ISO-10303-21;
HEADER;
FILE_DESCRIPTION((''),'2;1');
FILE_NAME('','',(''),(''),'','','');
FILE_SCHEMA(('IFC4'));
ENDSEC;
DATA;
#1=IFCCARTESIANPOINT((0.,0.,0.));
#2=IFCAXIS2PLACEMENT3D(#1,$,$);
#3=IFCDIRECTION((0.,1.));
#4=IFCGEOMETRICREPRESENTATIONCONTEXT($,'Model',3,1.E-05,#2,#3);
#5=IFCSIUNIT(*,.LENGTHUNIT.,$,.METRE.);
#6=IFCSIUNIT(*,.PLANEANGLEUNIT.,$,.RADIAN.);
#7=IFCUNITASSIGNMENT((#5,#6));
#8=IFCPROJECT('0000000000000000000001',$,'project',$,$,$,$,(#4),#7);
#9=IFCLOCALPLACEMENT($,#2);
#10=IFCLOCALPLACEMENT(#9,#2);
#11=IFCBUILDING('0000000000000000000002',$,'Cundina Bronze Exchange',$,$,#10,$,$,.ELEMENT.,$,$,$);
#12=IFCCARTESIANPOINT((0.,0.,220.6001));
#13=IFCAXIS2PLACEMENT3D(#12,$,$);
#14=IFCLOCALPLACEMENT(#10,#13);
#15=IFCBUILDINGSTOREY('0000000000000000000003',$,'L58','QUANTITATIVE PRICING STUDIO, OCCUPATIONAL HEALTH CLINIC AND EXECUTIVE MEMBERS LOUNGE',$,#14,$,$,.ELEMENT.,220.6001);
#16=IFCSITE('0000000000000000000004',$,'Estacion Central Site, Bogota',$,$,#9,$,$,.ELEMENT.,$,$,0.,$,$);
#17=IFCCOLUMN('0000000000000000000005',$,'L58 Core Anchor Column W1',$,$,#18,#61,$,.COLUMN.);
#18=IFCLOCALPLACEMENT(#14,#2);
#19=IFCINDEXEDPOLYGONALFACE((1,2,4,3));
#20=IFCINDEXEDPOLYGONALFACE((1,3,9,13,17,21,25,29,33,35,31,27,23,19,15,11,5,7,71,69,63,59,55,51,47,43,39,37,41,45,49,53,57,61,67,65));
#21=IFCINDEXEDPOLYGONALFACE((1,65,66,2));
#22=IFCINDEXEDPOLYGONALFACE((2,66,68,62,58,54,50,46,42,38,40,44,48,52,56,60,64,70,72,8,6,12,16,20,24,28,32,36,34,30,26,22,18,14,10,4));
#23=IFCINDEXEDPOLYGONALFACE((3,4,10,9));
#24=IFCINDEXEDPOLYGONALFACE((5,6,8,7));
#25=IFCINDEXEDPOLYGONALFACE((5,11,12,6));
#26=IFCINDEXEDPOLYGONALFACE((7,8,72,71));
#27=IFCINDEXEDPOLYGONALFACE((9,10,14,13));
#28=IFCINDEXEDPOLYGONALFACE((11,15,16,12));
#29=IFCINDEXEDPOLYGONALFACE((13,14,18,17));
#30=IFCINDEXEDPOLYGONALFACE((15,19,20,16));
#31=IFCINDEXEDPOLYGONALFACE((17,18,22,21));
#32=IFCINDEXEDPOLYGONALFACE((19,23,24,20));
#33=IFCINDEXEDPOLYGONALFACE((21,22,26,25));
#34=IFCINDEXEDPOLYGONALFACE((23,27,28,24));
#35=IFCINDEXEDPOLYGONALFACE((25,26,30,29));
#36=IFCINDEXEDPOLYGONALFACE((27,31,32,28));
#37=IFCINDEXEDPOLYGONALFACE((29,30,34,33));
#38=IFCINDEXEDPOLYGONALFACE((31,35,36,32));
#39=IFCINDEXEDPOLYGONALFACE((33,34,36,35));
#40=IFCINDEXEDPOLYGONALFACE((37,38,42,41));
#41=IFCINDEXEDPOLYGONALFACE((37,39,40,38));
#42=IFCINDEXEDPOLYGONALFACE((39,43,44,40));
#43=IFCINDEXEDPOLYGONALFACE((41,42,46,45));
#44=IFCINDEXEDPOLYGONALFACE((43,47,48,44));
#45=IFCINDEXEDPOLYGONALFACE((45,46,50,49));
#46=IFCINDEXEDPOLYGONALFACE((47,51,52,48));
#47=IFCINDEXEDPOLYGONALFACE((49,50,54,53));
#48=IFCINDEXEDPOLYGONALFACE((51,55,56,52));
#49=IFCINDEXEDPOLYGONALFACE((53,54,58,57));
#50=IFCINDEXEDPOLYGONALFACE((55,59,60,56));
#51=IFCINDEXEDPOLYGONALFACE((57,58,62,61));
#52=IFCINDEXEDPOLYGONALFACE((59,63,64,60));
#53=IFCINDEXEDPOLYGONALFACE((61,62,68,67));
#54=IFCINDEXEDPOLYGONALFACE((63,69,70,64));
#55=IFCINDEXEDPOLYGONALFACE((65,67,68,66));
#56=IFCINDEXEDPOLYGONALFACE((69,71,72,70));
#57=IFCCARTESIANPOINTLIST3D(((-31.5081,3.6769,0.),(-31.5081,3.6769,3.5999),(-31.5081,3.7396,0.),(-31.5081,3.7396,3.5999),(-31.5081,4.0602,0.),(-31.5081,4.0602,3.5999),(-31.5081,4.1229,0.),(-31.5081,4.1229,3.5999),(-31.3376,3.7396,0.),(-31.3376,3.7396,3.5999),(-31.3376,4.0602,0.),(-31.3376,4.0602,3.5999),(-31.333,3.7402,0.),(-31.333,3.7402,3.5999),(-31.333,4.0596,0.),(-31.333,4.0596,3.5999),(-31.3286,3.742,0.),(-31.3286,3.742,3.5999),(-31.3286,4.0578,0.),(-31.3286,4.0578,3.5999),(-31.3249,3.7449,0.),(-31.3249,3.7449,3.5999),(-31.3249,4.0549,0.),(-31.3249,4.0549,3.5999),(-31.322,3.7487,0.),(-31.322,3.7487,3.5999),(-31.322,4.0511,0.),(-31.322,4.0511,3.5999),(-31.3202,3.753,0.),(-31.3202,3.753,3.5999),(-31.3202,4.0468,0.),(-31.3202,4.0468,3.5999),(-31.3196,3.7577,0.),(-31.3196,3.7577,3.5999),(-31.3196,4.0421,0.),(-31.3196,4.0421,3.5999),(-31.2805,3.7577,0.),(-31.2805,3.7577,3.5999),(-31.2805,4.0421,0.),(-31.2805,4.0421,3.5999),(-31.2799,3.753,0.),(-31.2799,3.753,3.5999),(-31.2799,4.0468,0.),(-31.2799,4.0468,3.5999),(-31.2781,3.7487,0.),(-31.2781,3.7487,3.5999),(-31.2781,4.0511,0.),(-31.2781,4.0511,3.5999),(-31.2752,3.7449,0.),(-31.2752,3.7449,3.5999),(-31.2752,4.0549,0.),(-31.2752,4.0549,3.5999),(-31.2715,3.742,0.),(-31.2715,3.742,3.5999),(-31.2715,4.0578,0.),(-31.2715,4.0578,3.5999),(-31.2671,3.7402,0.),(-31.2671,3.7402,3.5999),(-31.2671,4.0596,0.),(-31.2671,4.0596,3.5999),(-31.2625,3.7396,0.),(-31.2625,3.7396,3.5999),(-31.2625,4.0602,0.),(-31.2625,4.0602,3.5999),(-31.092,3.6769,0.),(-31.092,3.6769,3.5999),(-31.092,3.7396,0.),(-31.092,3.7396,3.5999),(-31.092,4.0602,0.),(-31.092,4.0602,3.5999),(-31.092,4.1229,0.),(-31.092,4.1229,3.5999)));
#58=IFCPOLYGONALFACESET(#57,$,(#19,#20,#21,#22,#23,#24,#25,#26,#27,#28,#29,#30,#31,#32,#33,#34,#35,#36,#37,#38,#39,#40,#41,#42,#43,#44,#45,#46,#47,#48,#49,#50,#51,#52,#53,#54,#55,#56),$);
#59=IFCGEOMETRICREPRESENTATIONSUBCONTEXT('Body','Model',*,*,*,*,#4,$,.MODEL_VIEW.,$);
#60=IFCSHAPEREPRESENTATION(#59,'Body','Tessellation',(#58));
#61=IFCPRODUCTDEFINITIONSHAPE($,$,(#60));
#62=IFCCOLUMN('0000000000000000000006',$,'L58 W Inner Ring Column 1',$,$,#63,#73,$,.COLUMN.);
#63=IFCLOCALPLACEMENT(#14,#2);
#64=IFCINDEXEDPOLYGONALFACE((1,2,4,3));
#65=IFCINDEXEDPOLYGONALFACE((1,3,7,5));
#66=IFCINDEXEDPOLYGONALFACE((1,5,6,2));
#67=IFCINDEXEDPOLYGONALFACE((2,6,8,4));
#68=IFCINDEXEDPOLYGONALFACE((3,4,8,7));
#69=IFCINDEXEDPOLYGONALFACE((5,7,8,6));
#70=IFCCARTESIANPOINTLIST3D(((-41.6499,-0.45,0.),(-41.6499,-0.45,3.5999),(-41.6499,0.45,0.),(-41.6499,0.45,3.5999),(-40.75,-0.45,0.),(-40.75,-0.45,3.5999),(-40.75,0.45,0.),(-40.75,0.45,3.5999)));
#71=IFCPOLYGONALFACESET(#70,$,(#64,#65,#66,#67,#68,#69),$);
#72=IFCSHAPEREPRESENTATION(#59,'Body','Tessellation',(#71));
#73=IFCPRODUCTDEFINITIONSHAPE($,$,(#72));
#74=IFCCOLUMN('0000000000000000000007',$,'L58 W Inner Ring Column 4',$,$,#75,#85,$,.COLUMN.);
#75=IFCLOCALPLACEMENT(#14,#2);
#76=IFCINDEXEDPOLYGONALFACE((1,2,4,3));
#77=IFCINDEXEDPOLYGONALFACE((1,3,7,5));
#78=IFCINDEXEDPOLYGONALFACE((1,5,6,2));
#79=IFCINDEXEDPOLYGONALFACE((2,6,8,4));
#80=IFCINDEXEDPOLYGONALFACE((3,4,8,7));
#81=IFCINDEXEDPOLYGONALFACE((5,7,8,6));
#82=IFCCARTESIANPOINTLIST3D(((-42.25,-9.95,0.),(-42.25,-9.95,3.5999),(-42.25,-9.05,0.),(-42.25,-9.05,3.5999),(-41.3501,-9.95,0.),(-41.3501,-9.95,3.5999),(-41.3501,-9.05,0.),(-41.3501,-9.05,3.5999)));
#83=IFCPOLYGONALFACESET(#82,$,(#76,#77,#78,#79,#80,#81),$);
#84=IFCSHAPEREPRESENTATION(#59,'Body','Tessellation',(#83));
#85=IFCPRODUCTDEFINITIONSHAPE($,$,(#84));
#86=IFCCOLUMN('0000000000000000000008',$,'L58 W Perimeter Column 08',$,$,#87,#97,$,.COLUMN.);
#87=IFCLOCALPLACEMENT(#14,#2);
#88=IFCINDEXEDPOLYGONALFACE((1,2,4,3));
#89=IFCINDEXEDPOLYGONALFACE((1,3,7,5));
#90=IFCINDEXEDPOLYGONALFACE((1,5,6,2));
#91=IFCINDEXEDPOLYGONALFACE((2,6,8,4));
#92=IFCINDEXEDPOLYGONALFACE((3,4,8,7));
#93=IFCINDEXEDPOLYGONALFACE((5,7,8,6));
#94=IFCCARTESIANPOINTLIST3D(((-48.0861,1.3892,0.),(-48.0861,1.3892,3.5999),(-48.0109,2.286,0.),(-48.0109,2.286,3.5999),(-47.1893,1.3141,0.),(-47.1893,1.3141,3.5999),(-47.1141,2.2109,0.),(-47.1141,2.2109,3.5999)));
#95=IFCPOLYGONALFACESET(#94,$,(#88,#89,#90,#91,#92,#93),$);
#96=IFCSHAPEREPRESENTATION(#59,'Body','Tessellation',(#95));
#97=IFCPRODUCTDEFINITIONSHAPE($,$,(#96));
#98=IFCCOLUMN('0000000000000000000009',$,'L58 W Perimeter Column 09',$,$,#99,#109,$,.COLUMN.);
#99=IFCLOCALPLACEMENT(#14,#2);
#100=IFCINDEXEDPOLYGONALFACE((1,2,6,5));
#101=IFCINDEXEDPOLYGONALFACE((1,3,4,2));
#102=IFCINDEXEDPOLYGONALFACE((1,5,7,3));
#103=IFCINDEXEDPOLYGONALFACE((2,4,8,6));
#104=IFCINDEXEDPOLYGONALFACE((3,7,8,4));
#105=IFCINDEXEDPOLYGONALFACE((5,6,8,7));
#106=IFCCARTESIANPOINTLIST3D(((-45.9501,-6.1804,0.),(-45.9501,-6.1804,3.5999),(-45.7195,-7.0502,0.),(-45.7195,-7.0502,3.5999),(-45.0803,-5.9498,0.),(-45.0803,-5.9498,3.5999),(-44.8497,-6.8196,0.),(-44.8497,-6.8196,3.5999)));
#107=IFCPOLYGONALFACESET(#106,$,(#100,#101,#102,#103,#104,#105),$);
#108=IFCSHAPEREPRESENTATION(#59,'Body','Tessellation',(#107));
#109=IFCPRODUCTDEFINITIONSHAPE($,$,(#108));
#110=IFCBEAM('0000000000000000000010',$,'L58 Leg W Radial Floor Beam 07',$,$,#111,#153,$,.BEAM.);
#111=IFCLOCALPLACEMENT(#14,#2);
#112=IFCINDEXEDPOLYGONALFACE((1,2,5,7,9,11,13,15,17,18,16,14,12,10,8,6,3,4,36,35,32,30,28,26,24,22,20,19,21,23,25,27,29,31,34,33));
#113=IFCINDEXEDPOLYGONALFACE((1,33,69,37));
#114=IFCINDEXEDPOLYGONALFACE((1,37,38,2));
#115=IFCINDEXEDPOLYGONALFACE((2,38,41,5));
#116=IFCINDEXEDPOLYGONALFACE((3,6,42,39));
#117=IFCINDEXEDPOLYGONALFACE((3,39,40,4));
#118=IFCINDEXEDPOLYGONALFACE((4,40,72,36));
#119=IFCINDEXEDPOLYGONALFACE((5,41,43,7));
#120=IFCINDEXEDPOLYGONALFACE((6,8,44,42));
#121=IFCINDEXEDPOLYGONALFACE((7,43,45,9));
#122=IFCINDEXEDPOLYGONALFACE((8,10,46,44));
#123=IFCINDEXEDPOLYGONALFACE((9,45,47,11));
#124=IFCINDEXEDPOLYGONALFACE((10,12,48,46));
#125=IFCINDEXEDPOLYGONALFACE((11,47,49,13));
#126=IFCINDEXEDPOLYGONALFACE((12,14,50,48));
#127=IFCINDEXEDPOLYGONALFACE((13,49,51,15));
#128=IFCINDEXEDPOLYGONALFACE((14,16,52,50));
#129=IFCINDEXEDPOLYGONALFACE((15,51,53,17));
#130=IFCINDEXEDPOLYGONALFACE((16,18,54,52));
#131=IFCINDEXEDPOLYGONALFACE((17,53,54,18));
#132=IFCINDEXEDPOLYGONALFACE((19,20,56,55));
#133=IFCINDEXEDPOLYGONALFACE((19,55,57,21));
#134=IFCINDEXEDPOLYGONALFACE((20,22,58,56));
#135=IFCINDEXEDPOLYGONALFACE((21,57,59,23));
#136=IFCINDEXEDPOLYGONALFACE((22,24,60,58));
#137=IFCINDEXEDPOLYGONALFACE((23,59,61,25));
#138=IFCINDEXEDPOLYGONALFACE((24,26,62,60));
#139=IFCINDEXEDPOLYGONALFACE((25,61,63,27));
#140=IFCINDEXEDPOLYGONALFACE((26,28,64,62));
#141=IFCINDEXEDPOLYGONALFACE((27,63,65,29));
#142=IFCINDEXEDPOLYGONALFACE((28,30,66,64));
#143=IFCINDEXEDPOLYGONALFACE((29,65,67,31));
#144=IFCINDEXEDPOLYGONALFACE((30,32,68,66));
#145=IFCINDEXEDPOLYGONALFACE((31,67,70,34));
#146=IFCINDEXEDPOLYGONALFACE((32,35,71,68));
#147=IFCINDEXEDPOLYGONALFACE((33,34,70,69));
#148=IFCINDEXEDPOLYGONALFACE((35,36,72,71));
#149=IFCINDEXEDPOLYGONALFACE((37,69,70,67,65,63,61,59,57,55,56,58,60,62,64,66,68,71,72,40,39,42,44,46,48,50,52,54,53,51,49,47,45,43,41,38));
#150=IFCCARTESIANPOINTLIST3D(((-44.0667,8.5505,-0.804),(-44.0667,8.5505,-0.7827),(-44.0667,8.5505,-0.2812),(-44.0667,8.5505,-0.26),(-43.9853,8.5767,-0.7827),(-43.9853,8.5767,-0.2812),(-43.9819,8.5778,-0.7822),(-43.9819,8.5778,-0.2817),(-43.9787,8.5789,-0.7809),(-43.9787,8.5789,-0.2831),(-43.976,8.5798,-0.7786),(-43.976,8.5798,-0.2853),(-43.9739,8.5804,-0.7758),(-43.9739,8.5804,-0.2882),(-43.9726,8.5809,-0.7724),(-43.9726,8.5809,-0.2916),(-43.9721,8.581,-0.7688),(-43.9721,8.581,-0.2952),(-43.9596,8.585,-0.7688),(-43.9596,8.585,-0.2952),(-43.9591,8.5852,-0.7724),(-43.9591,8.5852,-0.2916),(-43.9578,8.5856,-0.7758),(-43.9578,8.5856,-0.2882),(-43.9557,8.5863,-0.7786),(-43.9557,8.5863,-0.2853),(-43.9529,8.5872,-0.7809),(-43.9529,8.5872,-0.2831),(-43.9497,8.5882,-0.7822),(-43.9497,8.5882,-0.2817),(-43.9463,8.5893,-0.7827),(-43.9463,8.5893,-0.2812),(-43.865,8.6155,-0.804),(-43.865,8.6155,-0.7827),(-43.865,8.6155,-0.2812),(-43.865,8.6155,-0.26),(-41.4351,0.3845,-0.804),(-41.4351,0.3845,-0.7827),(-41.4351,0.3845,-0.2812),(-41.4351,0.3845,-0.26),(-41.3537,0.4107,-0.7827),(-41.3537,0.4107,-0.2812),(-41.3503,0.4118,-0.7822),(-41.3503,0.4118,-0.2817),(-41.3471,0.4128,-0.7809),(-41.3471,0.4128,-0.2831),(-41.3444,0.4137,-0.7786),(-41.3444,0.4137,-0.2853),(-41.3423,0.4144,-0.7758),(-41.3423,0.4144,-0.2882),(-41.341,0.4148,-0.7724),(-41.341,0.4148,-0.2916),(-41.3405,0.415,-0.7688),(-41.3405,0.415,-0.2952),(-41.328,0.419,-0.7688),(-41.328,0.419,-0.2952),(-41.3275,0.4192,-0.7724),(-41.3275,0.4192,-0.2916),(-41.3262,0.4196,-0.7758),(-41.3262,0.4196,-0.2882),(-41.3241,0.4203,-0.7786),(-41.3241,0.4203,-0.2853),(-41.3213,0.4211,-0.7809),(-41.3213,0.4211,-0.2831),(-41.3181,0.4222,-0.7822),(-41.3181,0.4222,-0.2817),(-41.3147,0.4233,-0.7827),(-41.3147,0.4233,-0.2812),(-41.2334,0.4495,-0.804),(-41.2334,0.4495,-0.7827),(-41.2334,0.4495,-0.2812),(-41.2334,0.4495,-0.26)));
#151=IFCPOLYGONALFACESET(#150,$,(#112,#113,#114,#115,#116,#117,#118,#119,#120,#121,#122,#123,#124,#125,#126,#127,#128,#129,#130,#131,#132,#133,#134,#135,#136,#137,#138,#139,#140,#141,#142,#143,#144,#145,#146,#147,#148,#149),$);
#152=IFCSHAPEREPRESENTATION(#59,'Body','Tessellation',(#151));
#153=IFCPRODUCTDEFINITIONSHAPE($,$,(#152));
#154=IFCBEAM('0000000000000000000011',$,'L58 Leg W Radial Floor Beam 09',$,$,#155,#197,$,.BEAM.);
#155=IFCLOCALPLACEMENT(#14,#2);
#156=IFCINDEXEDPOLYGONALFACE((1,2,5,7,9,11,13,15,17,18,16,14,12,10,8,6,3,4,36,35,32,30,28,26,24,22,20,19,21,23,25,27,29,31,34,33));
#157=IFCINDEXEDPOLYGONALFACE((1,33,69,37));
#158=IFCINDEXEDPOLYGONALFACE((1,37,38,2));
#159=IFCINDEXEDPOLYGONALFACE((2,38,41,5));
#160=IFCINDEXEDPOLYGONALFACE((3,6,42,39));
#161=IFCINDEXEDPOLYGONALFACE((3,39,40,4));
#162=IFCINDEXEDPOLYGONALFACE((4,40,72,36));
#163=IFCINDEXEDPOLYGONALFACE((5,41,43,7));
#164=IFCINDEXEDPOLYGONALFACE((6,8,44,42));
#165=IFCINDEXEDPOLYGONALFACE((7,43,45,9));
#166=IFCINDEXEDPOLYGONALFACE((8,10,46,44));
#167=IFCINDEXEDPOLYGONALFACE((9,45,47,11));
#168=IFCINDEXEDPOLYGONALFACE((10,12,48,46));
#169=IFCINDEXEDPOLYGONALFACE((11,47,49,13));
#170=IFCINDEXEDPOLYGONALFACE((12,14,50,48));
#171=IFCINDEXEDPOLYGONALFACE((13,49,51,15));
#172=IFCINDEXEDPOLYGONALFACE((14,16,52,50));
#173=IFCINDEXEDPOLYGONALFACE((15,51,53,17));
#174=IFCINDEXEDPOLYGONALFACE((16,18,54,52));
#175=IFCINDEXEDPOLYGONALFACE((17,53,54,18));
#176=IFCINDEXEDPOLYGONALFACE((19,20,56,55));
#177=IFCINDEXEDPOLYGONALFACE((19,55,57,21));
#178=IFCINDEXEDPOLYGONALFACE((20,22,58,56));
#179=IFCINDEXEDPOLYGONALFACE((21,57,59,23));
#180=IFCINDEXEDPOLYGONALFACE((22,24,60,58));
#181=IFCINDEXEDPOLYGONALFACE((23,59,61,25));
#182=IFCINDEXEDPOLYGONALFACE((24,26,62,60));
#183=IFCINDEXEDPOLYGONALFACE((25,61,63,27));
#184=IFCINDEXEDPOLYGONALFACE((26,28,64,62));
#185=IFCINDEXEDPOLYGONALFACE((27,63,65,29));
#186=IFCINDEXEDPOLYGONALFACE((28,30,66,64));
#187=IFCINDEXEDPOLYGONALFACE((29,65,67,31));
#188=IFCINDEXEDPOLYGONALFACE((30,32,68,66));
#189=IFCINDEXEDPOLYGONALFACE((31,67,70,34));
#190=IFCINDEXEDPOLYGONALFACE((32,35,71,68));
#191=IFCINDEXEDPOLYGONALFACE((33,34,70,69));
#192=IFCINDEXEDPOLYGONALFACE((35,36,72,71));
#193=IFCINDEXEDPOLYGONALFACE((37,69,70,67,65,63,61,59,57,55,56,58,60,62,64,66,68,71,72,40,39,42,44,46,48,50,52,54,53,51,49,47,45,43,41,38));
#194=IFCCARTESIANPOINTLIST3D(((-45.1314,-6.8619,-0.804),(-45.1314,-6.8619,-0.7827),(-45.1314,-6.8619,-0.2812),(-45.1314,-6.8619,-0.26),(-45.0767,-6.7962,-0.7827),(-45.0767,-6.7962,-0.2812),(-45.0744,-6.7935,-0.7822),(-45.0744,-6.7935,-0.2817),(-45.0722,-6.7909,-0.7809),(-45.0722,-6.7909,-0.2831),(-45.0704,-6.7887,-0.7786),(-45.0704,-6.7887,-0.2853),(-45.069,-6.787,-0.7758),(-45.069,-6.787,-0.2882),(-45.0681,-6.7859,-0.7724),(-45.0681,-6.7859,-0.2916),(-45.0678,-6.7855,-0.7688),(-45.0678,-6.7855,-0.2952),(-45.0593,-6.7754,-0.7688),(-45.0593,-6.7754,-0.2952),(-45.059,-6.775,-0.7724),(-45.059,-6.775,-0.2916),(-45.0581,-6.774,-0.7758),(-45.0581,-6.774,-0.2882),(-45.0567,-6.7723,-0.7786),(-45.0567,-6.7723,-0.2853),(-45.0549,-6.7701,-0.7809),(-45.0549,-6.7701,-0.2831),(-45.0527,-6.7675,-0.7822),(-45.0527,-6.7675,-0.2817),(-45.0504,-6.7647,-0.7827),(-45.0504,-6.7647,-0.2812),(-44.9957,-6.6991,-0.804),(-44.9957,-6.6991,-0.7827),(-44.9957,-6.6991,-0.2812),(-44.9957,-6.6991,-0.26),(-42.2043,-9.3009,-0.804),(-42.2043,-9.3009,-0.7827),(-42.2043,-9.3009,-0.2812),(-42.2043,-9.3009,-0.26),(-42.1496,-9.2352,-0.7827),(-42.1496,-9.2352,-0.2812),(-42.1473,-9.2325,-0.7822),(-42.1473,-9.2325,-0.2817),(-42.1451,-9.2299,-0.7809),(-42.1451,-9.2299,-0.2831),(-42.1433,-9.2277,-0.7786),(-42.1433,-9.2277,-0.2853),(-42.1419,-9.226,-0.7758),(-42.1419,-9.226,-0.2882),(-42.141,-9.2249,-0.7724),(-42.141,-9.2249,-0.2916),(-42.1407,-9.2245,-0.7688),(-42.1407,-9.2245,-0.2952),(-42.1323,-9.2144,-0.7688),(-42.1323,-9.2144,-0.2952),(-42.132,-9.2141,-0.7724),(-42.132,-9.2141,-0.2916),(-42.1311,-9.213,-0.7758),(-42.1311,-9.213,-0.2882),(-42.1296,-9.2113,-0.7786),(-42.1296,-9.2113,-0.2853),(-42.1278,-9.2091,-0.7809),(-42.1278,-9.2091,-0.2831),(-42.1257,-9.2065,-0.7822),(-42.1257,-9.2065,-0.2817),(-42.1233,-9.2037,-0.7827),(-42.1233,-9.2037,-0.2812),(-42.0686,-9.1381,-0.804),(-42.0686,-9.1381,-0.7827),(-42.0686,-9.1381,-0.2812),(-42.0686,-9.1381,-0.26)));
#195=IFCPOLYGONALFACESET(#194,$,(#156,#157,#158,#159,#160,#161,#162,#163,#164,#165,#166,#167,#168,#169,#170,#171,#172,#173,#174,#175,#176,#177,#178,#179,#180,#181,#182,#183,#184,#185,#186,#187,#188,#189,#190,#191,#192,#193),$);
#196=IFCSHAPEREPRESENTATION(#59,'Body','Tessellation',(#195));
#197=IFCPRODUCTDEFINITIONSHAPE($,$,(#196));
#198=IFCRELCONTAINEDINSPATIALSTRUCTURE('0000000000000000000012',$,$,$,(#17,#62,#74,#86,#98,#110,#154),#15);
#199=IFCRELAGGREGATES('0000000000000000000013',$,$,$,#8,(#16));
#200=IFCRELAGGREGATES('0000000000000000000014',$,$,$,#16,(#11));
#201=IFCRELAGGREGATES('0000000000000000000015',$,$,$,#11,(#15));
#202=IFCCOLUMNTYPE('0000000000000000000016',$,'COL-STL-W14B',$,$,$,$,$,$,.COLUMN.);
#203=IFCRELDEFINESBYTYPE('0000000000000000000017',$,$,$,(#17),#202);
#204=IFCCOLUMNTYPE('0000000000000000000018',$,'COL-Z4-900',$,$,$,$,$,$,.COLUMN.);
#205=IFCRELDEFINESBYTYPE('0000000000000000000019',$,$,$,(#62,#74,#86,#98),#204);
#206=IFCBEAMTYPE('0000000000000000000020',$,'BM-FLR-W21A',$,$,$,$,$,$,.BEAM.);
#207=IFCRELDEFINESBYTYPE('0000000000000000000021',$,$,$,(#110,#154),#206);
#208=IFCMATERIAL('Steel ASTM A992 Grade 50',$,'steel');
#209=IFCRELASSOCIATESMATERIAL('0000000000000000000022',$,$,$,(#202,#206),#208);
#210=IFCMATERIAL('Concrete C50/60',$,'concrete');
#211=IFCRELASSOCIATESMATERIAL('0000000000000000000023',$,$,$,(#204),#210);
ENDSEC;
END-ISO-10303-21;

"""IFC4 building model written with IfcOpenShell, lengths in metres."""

from ifc_helpers import new_model, si_unit, direction, frame, origin, origin_2d, place, context, subcontext, project, spatial, rectangle, i_section, extrude, material, material_profile, profile_set, type_object, element, save


model = new_model("IFC4")

# Units and contexts
model_context = context("Model", 3, precision=1e-05, world=origin(), true_north=direction((0.0, 1.0)))
body_context = subcontext(model_context, "Body", "Model", "MODEL_VIEW")
ifc_project = project(units=[si_unit("LENGTHUNIT", "METRE"), si_unit("PLANEANGLEUNIT", "RADIAN")], contexts=[model_context])

# Site, building, storey
site_placement = place(None, origin())
site = spatial("IfcSite", under=ifc_project, at=site_placement, Name="Estacion Central Site, Bogota", CompositionType="ELEMENT", RefElevation=0.0)
building_placement = place(site_placement, origin())
building = spatial("IfcBuilding", under=site, at=building_placement, Name="Cundina Bronze Exchange", CompositionType="ELEMENT")
storey_placement = place(building_placement, frame((0.0, 0.0, 220.6001)))
storey = spatial("IfcBuildingStorey", under=building, at=storey_placement, Name="L58", Description="QUANTITATIVE PRICING STUDIO, OCCUPATIONAL HEALTH CLINIC AND EXECUTIVE MEMBERS LOUNGE", CompositionType="ELEMENT", Elevation=220.6001)

# Columns
ifc_material_1 = material(Name="Steel ASTM A992 Grade 50", Category="steel")
ifc_material_profile_1 = material_profile(ifc_material_1, i_section(OverallWidth=0.416, OverallDepth=0.446, WebThickness=0.0391, FlangeThickness=0.0627, FilletRadius=0.0181, at=origin_2d()), Name="W14X342", Category="steel")
ifc_profile_set_1 = profile_set([ifc_material_profile_1], Name="Steel ASTM A992 Grade 50")
column_type_1 = type_object("IfcColumnType", Name="COL-STL-W14B", PredefinedType="COLUMN", material=ifc_profile_set_1)
column_placement = place(storey_placement, frame((-31.3, 3.8999, 0.0), z_axis=(0.0, 0.0, 1.0), x_axis=(1.0, 0.0, 0.0)))
element("IfcColumn", 1, at=column_placement, inside=storey, type_object=column_type_1, Name="L58 Core Anchor Column W1", PredefinedType="COLUMN", context=body_context, shape_type="SweptSolid", body=[
    extrude(i_section(OverallWidth=0.416, OverallDepth=0.446, WebThickness=0.0391, FlangeThickness=0.0627, FilletRadius=0.0181, at=origin_2d()), origin(), (0.0, 0.0, 1.0), 3.5999),
])
ifc_material_2 = material(Name="Concrete C50/60", Category="concrete")
ifc_material_profile_2 = material_profile(ifc_material_2, rectangle(XDim=0.8999, YDim=0.8999, at=origin_2d()), Name="RC900X900", Category="concrete")
ifc_profile_set_2 = profile_set([ifc_material_profile_2], Name="Concrete C50/60")
column_type_2 = type_object("IfcColumnType", Name="COL-Z4-900", PredefinedType="COLUMN", material=ifc_profile_set_2)
for number, where, z_axis, x_axis, name in (
    (2, (-41.2, 0.0, 0.0), (0.0, 0.0, 1.0), (1.0, 0.0, 0.0), "L58 W Inner Ring Column 1"),
    (3, (-41.8, -9.5, 0.0), (0.0, 0.0, 1.0), (1.0, 0.0, 0.0), "L58 W Inner Ring Column 4"),
    (4, (-47.6001, 1.8, 0.0), (0.0, 0.0, 1.0), (-0.083504, -0.996507, 0.0), "L58 W Perimeter Column 08"),
    (5, (-45.3999, -6.5, 0.0), (0.0, 0.0, 1.0), (0.256289, -0.9666, 0.0), "L58 W Perimeter Column 09"),
):
    element("IfcColumn", number, at=place(storey_placement, frame(where, z_axis=z_axis, x_axis=x_axis)), inside=storey, type_object=column_type_2, Name=name, PredefinedType="COLUMN", context=body_context, shape_type="SweptSolid", body=[
        extrude(rectangle(XDim=0.8999, YDim=0.8999, at=origin_2d()), origin(), (0.0, 0.0, 1.0), 3.5999),
    ])

# Beams
ifc_material_profile_3 = material_profile(ifc_material_1, i_section(OverallWidth=0.2119, OverallDepth=0.5439, WebThickness=0.0132, FlangeThickness=0.0212, FilletRadius=0.0139, at=origin_2d()), Name="W21X83", Category="steel")
ifc_profile_set_3 = profile_set([ifc_material_profile_3], Name="Steel ASTM A992 Grade 50")
beam_type_1 = type_object("IfcBeamType", Name="BM-FLR-W21A", PredefinedType="BEAM", material=ifc_profile_set_3)
beam_1_placement = place(storey_placement, frame((-41.3342, 0.417, -0.532), z_axis=(-0.306728, 0.951797, 0.0), x_axis=(-0.951797, -0.306728, 0.0)))
element("IfcBeam", 6, at=beam_1_placement, inside=storey, type_object=beam_type_1, Name="L58 Leg W Radial Floor Beam 07", PredefinedType="BEAM", context=body_context, shape_type="SweptSolid", body=[
    extrude(i_section(OverallWidth=0.2119, OverallDepth=0.5439, WebThickness=0.0132, FlangeThickness=0.0212, FilletRadius=0.0139, at=origin_2d()), origin(), (0.0, 0.0, 1.0), 8.5796),
])
beam_2_placement = place(storey_placement, frame((-42.1365, -9.2195, -0.532), z_axis=(-0.768248, 0.640153, 0.0), x_axis=(-0.640153, -0.768248, 0.0)))
element("IfcBeam", 7, at=beam_2_placement, inside=storey, type_object=beam_type_1, Name="L58 Leg W Radial Floor Beam 09", PredefinedType="BEAM", context=body_context, shape_type="SweptSolid", body=[
    extrude(i_section(OverallWidth=0.2119, OverallDepth=0.5439, WebThickness=0.0132, FlangeThickness=0.0212, FilletRadius=0.0139, at=origin_2d()), origin(), (0.0, 0.0, 1.0), 3.8101),
])

save(model, "model.ifc")
